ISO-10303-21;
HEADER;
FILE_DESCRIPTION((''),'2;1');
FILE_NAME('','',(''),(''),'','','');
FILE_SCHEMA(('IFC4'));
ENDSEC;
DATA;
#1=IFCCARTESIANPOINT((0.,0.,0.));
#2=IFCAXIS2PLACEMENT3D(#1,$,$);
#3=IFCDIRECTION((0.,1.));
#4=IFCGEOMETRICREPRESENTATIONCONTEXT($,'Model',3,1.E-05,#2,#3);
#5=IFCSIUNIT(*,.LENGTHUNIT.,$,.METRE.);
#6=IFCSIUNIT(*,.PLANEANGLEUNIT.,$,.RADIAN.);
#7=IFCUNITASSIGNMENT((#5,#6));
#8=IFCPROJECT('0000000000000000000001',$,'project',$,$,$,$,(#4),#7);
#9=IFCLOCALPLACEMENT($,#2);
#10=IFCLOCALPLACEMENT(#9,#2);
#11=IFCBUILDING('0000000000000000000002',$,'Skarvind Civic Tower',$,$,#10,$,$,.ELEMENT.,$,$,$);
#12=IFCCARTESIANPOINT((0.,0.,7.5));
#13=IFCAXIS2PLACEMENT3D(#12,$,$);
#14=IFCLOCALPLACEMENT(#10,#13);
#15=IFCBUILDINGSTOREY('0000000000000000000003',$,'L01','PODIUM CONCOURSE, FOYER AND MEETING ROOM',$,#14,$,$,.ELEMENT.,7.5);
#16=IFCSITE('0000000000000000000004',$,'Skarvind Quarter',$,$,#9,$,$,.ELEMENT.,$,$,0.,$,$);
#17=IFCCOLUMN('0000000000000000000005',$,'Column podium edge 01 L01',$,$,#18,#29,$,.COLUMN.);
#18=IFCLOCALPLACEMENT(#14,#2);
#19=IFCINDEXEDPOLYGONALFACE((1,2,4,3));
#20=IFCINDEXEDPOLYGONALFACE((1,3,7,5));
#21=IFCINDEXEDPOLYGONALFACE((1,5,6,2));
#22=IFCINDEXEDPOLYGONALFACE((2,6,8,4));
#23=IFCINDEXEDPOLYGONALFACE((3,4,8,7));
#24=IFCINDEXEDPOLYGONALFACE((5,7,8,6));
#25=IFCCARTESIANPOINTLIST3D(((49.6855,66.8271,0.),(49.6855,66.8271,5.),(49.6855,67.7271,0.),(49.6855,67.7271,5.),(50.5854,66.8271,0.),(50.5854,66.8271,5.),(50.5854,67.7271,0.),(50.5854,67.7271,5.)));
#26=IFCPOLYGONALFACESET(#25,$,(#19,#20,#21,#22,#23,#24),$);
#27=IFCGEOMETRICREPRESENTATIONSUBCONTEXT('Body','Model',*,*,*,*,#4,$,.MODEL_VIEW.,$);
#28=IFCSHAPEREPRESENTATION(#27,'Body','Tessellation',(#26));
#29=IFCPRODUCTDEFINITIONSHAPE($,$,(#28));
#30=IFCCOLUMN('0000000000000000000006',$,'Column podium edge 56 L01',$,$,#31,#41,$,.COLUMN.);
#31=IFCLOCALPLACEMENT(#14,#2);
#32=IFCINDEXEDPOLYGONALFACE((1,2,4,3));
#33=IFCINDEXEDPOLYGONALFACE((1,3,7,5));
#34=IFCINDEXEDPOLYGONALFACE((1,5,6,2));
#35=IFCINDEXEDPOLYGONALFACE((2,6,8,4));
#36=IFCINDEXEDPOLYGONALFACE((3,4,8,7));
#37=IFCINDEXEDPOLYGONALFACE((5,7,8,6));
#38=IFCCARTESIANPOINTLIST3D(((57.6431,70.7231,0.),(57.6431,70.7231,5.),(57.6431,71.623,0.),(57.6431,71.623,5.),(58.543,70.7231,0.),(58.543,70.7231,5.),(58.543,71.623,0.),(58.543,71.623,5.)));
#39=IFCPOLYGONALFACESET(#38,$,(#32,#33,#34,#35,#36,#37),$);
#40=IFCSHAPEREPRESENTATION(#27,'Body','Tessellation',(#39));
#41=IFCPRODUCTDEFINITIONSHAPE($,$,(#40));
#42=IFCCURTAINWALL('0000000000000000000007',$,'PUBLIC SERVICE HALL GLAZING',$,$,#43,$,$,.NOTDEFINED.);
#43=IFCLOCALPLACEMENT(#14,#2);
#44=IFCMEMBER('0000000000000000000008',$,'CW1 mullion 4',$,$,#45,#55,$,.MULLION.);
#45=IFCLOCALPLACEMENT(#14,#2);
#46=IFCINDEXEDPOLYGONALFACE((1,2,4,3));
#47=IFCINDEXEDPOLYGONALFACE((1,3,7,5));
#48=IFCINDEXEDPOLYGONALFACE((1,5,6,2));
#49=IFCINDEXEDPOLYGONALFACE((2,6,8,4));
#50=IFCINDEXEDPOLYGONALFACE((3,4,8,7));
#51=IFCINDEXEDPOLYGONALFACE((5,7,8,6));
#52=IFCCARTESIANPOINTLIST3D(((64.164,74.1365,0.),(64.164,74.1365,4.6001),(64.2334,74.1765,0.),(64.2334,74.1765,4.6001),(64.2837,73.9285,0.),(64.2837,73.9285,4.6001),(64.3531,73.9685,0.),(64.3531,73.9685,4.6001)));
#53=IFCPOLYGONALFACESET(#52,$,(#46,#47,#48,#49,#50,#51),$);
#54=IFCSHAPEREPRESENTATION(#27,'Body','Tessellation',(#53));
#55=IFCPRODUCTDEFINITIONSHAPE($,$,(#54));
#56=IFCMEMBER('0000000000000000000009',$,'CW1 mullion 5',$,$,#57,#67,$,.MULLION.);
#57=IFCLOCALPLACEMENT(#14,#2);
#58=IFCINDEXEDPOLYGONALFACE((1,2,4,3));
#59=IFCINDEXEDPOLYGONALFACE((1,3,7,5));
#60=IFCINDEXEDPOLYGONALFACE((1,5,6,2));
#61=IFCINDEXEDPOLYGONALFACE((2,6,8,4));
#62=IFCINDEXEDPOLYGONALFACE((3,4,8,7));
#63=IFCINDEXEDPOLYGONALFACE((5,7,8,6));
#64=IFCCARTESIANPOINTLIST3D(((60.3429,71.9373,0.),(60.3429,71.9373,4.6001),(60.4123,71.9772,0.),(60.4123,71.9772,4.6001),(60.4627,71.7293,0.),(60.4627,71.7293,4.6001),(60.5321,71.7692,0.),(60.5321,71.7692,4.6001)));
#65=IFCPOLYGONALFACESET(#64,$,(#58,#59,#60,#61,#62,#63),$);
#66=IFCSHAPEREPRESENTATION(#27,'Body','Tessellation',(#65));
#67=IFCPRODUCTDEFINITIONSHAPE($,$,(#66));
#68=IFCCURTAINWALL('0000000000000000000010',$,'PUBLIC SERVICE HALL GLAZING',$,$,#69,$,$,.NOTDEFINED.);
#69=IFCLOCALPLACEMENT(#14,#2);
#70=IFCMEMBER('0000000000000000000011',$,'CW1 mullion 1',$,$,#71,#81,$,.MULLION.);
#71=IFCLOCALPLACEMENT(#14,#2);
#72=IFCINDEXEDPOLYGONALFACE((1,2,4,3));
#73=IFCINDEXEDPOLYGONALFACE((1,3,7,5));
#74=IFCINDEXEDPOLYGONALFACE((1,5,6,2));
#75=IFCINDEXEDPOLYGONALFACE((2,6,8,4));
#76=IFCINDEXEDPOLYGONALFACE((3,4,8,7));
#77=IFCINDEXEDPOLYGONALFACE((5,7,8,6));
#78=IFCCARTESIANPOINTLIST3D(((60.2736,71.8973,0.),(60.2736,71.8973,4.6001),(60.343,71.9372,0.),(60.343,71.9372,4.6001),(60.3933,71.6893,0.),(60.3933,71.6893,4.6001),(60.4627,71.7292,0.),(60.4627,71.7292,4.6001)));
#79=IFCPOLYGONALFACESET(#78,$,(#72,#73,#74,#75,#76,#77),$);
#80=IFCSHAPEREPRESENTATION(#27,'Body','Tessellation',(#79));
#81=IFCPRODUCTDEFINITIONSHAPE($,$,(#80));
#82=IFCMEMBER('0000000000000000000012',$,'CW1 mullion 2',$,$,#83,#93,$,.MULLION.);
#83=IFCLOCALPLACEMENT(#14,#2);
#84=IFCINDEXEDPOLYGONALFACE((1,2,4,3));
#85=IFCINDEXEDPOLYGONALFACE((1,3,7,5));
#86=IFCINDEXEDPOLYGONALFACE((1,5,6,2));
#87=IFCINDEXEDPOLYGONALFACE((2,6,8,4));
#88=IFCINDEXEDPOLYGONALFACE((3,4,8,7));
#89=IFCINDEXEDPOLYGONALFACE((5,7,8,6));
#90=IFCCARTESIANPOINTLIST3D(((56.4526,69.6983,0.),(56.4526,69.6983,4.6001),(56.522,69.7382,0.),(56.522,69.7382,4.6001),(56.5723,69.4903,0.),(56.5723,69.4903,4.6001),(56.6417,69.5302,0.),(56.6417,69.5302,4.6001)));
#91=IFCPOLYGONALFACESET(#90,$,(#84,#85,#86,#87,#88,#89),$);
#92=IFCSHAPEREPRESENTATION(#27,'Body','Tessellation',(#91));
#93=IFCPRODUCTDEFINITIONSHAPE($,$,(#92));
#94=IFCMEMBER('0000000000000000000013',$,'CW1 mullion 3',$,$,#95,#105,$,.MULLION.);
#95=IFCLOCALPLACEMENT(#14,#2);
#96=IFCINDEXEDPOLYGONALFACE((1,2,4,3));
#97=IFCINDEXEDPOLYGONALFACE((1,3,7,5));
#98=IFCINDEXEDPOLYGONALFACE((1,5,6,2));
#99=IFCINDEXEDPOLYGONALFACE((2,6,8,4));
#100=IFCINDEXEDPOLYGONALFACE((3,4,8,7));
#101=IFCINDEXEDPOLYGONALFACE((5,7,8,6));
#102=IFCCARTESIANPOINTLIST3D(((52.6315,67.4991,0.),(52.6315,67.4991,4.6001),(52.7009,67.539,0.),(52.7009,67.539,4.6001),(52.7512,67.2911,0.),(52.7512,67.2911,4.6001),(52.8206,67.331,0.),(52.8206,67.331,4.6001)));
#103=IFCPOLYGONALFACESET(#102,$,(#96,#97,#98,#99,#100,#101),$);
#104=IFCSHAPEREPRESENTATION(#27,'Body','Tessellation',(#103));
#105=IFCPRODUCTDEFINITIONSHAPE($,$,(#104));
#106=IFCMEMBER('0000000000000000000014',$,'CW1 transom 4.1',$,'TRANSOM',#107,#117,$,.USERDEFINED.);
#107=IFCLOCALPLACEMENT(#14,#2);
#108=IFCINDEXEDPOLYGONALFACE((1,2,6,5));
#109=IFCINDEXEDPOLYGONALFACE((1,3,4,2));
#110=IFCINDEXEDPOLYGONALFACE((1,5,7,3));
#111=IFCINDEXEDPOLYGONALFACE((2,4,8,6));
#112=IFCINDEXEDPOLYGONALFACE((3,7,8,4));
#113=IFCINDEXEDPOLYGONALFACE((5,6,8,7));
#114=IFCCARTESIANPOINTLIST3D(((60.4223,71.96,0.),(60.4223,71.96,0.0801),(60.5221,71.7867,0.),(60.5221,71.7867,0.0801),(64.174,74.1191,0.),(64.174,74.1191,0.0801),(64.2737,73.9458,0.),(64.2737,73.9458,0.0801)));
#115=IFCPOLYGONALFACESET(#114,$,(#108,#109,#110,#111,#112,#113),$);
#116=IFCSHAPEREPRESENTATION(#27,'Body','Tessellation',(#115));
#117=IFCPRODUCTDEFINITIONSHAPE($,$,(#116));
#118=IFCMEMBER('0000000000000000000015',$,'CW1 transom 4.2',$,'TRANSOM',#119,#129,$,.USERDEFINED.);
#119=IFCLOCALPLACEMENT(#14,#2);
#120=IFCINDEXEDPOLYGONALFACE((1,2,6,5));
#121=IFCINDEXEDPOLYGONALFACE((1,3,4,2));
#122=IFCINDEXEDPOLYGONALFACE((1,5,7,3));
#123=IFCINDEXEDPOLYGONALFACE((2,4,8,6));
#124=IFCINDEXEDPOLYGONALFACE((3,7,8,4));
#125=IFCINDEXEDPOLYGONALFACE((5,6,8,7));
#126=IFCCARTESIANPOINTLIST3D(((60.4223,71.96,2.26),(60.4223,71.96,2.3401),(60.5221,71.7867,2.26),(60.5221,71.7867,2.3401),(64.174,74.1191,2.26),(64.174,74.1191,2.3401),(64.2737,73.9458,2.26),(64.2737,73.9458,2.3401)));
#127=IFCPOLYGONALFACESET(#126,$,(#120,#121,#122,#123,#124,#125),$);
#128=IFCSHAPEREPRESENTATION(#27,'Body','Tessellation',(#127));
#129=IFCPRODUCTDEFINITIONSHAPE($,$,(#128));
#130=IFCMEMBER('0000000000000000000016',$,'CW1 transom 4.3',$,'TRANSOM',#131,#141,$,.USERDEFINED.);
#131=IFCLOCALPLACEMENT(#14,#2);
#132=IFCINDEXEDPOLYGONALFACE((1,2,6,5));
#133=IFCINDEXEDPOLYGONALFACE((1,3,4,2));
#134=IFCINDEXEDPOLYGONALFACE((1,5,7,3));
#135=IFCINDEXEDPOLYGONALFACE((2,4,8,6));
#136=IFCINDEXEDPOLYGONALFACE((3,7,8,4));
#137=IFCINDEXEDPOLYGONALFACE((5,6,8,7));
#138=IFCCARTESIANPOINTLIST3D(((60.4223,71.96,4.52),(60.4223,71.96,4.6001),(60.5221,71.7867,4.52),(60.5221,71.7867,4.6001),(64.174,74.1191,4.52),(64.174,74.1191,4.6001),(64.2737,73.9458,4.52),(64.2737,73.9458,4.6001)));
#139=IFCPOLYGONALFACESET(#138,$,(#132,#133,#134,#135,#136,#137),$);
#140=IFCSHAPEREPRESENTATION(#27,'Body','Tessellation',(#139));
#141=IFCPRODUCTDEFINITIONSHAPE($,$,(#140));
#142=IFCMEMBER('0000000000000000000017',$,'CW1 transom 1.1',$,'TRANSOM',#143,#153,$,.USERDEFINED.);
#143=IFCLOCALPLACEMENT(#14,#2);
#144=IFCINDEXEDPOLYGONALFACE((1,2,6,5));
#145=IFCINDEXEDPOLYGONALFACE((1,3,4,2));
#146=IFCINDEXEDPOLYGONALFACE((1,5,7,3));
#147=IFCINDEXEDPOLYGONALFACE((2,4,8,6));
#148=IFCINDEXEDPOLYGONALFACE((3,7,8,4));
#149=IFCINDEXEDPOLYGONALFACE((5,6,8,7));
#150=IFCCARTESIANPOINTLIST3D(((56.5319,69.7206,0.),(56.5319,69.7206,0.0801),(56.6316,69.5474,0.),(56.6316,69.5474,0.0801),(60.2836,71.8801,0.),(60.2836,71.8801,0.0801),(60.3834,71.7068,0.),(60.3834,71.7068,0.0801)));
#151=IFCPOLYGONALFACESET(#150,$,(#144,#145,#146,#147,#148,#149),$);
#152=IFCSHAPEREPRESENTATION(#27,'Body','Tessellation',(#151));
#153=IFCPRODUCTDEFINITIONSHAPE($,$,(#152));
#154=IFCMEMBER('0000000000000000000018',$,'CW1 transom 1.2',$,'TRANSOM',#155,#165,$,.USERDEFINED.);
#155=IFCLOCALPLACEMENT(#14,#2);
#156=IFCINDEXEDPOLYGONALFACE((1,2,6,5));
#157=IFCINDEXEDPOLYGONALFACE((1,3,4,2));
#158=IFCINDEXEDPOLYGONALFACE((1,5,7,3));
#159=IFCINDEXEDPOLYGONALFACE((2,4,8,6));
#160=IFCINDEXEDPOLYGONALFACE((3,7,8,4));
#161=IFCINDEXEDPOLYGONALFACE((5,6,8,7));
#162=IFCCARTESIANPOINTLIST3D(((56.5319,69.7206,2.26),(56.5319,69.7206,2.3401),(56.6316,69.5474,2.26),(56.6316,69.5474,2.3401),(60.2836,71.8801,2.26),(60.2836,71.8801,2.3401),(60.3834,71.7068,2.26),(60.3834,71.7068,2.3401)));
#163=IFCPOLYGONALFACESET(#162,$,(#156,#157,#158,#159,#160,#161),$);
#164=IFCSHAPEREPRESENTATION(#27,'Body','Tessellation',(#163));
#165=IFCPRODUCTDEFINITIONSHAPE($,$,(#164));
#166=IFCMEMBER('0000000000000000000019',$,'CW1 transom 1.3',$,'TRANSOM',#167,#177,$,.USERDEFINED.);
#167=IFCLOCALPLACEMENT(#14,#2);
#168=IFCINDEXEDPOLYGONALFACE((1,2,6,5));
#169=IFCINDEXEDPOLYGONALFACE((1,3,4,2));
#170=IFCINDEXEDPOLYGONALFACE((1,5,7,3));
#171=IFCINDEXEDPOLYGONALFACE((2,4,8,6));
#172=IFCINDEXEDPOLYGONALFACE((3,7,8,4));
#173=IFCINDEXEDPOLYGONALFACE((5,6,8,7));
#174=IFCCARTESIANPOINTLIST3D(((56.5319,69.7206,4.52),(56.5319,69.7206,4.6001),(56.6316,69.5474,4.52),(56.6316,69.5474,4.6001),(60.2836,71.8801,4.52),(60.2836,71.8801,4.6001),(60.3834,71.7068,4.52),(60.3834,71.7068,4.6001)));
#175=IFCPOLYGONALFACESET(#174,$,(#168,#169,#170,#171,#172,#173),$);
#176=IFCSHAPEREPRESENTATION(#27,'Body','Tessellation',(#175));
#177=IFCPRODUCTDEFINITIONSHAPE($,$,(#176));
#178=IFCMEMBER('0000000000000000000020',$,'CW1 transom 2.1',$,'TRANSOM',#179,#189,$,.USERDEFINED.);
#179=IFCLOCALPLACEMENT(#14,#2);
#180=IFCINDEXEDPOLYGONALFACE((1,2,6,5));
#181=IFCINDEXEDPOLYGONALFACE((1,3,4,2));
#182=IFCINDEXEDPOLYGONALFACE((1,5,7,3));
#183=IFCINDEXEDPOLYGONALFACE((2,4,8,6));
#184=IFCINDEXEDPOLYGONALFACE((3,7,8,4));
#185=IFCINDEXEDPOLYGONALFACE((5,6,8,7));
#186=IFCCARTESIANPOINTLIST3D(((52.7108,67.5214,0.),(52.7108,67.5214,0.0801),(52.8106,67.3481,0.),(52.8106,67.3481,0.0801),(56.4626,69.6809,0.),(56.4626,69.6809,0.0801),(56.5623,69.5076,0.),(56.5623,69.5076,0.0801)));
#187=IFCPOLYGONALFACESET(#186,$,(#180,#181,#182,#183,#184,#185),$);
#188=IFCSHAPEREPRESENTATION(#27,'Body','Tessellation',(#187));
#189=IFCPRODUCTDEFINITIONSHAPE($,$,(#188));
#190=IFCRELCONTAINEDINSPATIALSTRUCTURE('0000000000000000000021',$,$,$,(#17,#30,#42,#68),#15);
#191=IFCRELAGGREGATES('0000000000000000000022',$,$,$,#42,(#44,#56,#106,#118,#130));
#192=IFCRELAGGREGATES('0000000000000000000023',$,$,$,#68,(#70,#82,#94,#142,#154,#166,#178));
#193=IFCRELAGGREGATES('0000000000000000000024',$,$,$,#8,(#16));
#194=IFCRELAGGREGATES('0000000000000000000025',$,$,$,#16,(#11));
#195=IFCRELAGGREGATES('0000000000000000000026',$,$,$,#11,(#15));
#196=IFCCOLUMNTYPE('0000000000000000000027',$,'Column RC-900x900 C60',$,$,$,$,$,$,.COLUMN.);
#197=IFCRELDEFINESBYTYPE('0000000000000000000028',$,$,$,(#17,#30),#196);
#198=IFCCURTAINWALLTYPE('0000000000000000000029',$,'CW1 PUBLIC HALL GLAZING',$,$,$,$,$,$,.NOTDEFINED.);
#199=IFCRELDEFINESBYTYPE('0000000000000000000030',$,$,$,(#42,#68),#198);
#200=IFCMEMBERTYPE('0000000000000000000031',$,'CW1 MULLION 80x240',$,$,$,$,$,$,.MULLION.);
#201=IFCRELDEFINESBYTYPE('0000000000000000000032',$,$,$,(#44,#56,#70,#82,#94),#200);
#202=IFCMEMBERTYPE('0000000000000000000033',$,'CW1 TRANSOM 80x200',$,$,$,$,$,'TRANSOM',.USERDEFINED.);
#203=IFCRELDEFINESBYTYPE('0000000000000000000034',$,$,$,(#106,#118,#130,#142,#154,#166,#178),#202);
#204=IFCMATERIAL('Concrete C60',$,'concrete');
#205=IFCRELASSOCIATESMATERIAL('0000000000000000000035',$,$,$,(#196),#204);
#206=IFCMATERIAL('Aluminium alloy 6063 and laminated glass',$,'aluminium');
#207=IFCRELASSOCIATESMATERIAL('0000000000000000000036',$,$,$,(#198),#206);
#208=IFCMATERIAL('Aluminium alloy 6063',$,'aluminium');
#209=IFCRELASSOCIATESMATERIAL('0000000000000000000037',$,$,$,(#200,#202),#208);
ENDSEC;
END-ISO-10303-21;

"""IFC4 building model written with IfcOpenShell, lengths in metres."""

from ifc_helpers import new_model, si_unit, direction, frame, origin, origin_2d, place, context, subcontext, project, spatial, rectangle, extrude, material, material_profile, profile_set, type_object, element, aggregate, save


model = new_model("IFC4")

# Units and contexts
model_context = context("Model", 3, precision=1e-05, world=origin(), true_north=direction((0.0, 1.0)))
body_context = subcontext(model_context, "Body", "Model", "MODEL_VIEW")
ifc_project = project(units=[si_unit("LENGTHUNIT", "METRE"), si_unit("PLANEANGLEUNIT", "RADIAN")], contexts=[model_context])

# Site, building, storey
site_placement = place(None, origin())
site = spatial("IfcSite", under=ifc_project, at=site_placement, Name="Skarvind Quarter", CompositionType="ELEMENT", RefElevation=0.0)
building_placement = place(site_placement, origin())
building = spatial("IfcBuilding", under=site, at=building_placement, Name="Skarvind Civic Tower", CompositionType="ELEMENT")
storey_placement = place(building_placement, frame((0.0, 0.0, 7.5)))
storey = spatial("IfcBuildingStorey", under=building, at=storey_placement, Name="L01", Description="PODIUM CONCOURSE, FOYER AND MEETING ROOM", CompositionType="ELEMENT", Elevation=7.5)

# Columns
ifc_material_1 = material(Name="Concrete C60", Category="concrete")
ifc_material_profile_1 = material_profile(ifc_material_1, rectangle(XDim=0.8999, YDim=0.8999, at=origin_2d()), Name="RC-900x900")
ifc_profile_set_1 = profile_set([ifc_material_profile_1], Name="Concrete C60")
column_type = type_object("IfcColumnType", Name="Column RC-900x900 C60", PredefinedType="COLUMN", material=ifc_profile_set_1)
for number, where, z_axis, x_axis, name in (
    (1, (50.1355, 67.2771, 0.0), (0.0, 0.0, 1.0), (1.0, 0.0, 0.0), "Column podium edge 01 L01"),
    (2, (58.093, 71.1731, 0.0), (0.0, 0.0, 1.0), (1.0, 0.0, 0.0), "Column podium edge 56 L01"),
):
    element("IfcColumn", number, at=place(storey_placement, frame(where, z_axis=z_axis, x_axis=x_axis)), inside=storey, type_object=column_type, Name=name, PredefinedType="COLUMN", context=body_context, shape_type="SweptSolid", body=[
        extrude(rectangle(XDim=0.8999, YDim=0.8999, at=origin_2d()), origin(), (0.0, 0.0, 1.0), 5.0),
    ])

# Curtain walls, members
ifc_material_2 = material(Name="Aluminium alloy 6063 and laminated glass", Category="aluminium")
curtain_wall_type = type_object("IfcCurtainWallType", Name="CW1 PUBLIC HALL GLAZING", PredefinedType="NOTDEFINED", material=ifc_material_2)
curtain_wall_1_placement = place(storey_placement, origin())
curtain_wall_1 = element("IfcCurtainWall", 3, at=curtain_wall_1_placement, inside=storey, type_object=curtain_wall_type, Name="PUBLIC SERVICE HALL GLAZING", PredefinedType="NOTDEFINED")
ifc_material_3 = material(Name="Aluminium alloy 6063", Category="aluminium")
ifc_material_profile_2 = material_profile(ifc_material_3, rectangle(XDim=0.24, YDim=0.0801, at=origin_2d()), Name="AL 80x240")
ifc_profile_set_2 = profile_set([ifc_material_profile_2], Name="Aluminium alloy 6063")
member_type_1 = type_object("IfcMemberType", Name="CW1 MULLION 80x240", PredefinedType="MULLION", material=ifc_profile_set_2)
member_1_placement = place(storey_placement, frame((64.2585, 74.0525, 0.0), z_axis=(0.0, 0.0, 1.0), x_axis=(0.498825, -0.866702, 0.0)))
member_1 = element("IfcMember", 4, at=member_1_placement, type_object=member_type_1, Name="CW1 mullion 4", PredefinedType="MULLION", context=body_context, shape_type="SweptSolid", body=[
    extrude(rectangle(XDim=0.24, YDim=0.0801, at=origin_2d()), origin(), (0.0, 0.0, 1.0), 4.6001),
])
member_2_placement = place(storey_placement, frame((60.4375, 71.8533, 0.0), z_axis=(0.0, 0.0, 1.0), x_axis=(0.498825, -0.866702, 0.0)))
member_2 = element("IfcMember", 5, at=member_2_placement, type_object=member_type_1, Name="CW1 mullion 5", PredefinedType="MULLION", context=body_context, shape_type="SweptSolid", body=[
    extrude(rectangle(XDim=0.24, YDim=0.0801, at=origin_2d()), origin(), (0.0, 0.0, 1.0), 4.6001),
])
curtain_wall_2_placement = place(storey_placement, origin())
curtain_wall_2 = element("IfcCurtainWall", 6, at=curtain_wall_2_placement, inside=storey, type_object=curtain_wall_type, Name="PUBLIC SERVICE HALL GLAZING", PredefinedType="NOTDEFINED")
member_3_placement = place(storey_placement, frame((60.3682, 71.8132, 0.0), z_axis=(0.0, 0.0, 1.0), x_axis=(0.49883, -0.8667, 0.0)))
member_3 = element("IfcMember", 7, at=member_3_placement, type_object=member_type_1, Name="CW1 mullion 1", PredefinedType="MULLION", context=body_context, shape_type="SweptSolid", body=[
    extrude(rectangle(XDim=0.24, YDim=0.0801, at=origin_2d()), origin(), (0.0, 0.0, 1.0), 4.6001),
])
member_4_placement = place(storey_placement, frame((56.5471, 69.6143, 0.0), z_axis=(0.0, 0.0, 1.0), x_axis=(0.49883, -0.8667, 0.0)))
member_4 = element("IfcMember", 8, at=member_4_placement, type_object=member_type_1, Name="CW1 mullion 2", PredefinedType="MULLION", context=body_context, shape_type="SweptSolid", body=[
    extrude(rectangle(XDim=0.24, YDim=0.0801, at=origin_2d()), origin(), (0.0, 0.0, 1.0), 4.6001),
])
member_5_placement = place(storey_placement, frame((52.7261, 67.415, 0.0), z_axis=(0.0, 0.0, 1.0), x_axis=(0.49883, -0.8667, 0.0)))
member_5 = element("IfcMember", 9, at=member_5_placement, type_object=member_type_1, Name="CW1 mullion 3", PredefinedType="MULLION", context=body_context, shape_type="SweptSolid", body=[
    extrude(rectangle(XDim=0.24, YDim=0.0801, at=origin_2d()), origin(), (0.0, 0.0, 1.0), 4.6001),
])

# Members
ifc_material_profile_3 = material_profile(ifc_material_3, rectangle(XDim=0.2, YDim=0.0801, at=origin_2d()), Name="AL 80x200")
ifc_profile_set_3 = profile_set([ifc_material_profile_3], Name="Aluminium alloy 6063")
member_type_2 = type_object("IfcMemberType", Name="CW1 TRANSOM 80x200", ElementType="TRANSOM", PredefinedType="USERDEFINED", material=ifc_profile_set_3)
member_6_placement = place(storey_placement, frame((64.2239, 74.0325, 0.04), z_axis=(-0.866712, -0.498809, 0.0), x_axis=(0.498809, -0.866712, 0.0)))
member_6 = element("IfcMember", 10, at=member_6_placement, type_object=member_type_2, Name="CW1 transom 4.1", ObjectType="TRANSOM", PredefinedType="USERDEFINED", context=body_context, shape_type="SweptSolid", body=[
    extrude(rectangle(XDim=0.2, YDim=0.0801, at=origin_2d()), origin(), (0.0, 0.0, 1.0), 4.3286),
])
member_7_placement = place(storey_placement, frame((64.2239, 74.0325, 2.3), z_axis=(-0.866712, -0.498809, 0.0), x_axis=(0.498809, -0.866712, 0.0)))
member_7 = element("IfcMember", 11, at=member_7_placement, type_object=member_type_2, Name="CW1 transom 4.2", ObjectType="TRANSOM", PredefinedType="USERDEFINED", context=body_context, shape_type="SweptSolid", body=[
    extrude(rectangle(XDim=0.2, YDim=0.0801, at=origin_2d()), origin(), (0.0, 0.0, 1.0), 4.3286),
])
member_8_placement = place(storey_placement, frame((64.2239, 74.0325, 4.5601), z_axis=(-0.866712, -0.498809, 0.0), x_axis=(0.498809, -0.866712, 0.0)))
member_8 = element("IfcMember", 12, at=member_8_placement, type_object=member_type_2, Name="CW1 transom 4.3", ObjectType="TRANSOM", PredefinedType="USERDEFINED", context=body_context, shape_type="SweptSolid", body=[
    extrude(rectangle(XDim=0.2, YDim=0.0801, at=origin_2d()), origin(), (0.0, 0.0, 1.0), 4.3286),
])
member_9_placement = place(storey_placement, frame((60.3335, 71.7935, 0.04), z_axis=(-0.866687, -0.498851, 0.0), x_axis=(0.498851, -0.866687, 0.0)))
member_9 = element("IfcMember", 13, at=member_9_placement, type_object=member_type_2, Name="CW1 transom 1.1", ObjectType="TRANSOM", PredefinedType="USERDEFINED", context=body_context, shape_type="SweptSolid", body=[
    extrude(rectangle(XDim=0.2, YDim=0.0801, at=origin_2d()), origin(), (0.0, 0.0, 1.0), 4.3289),
])
member_10_placement = place(storey_placement, frame((60.3335, 71.7935, 2.3), z_axis=(-0.866687, -0.498851, 0.0), x_axis=(0.498851, -0.866687, 0.0)))
member_10 = element("IfcMember", 14, at=member_10_placement, type_object=member_type_2, Name="CW1 transom 1.2", ObjectType="TRANSOM", PredefinedType="USERDEFINED", context=body_context, shape_type="SweptSolid", body=[
    extrude(rectangle(XDim=0.2, YDim=0.0801, at=origin_2d()), origin(), (0.0, 0.0, 1.0), 4.3289),
])
member_11_placement = place(storey_placement, frame((60.3335, 71.7935, 4.5601), z_axis=(-0.866687, -0.498851, 0.0), x_axis=(0.498851, -0.866687, 0.0)))
member_11 = element("IfcMember", 15, at=member_11_placement, type_object=member_type_2, Name="CW1 transom 1.3", ObjectType="TRANSOM", PredefinedType="USERDEFINED", context=body_context, shape_type="SweptSolid", body=[
    extrude(rectangle(XDim=0.2, YDim=0.0801, at=origin_2d()), origin(), (0.0, 0.0, 1.0), 4.3289),
])
member_12_placement = place(storey_placement, frame((56.5125, 69.5942, 0.04), z_axis=(-0.866687, -0.498851, 0.0), x_axis=(0.498851, -0.866687, 0.0)))
member_12 = element("IfcMember", 16, at=member_12_placement, type_object=member_type_2, Name="CW1 transom 2.1", ObjectType="TRANSOM", PredefinedType="USERDEFINED", context=body_context, shape_type="SweptSolid", body=[
    extrude(rectangle(XDim=0.2, YDim=0.0801, at=origin_2d()), origin(), (0.0, 0.0, 1.0), 4.3289),
])

aggregate(curtain_wall_1, [member_1, member_2, member_6, member_7, member_8])
aggregate(curtain_wall_2, [member_3, member_4, member_5, member_9, member_10, member_11, member_12])

save(model, "model.ifc")
